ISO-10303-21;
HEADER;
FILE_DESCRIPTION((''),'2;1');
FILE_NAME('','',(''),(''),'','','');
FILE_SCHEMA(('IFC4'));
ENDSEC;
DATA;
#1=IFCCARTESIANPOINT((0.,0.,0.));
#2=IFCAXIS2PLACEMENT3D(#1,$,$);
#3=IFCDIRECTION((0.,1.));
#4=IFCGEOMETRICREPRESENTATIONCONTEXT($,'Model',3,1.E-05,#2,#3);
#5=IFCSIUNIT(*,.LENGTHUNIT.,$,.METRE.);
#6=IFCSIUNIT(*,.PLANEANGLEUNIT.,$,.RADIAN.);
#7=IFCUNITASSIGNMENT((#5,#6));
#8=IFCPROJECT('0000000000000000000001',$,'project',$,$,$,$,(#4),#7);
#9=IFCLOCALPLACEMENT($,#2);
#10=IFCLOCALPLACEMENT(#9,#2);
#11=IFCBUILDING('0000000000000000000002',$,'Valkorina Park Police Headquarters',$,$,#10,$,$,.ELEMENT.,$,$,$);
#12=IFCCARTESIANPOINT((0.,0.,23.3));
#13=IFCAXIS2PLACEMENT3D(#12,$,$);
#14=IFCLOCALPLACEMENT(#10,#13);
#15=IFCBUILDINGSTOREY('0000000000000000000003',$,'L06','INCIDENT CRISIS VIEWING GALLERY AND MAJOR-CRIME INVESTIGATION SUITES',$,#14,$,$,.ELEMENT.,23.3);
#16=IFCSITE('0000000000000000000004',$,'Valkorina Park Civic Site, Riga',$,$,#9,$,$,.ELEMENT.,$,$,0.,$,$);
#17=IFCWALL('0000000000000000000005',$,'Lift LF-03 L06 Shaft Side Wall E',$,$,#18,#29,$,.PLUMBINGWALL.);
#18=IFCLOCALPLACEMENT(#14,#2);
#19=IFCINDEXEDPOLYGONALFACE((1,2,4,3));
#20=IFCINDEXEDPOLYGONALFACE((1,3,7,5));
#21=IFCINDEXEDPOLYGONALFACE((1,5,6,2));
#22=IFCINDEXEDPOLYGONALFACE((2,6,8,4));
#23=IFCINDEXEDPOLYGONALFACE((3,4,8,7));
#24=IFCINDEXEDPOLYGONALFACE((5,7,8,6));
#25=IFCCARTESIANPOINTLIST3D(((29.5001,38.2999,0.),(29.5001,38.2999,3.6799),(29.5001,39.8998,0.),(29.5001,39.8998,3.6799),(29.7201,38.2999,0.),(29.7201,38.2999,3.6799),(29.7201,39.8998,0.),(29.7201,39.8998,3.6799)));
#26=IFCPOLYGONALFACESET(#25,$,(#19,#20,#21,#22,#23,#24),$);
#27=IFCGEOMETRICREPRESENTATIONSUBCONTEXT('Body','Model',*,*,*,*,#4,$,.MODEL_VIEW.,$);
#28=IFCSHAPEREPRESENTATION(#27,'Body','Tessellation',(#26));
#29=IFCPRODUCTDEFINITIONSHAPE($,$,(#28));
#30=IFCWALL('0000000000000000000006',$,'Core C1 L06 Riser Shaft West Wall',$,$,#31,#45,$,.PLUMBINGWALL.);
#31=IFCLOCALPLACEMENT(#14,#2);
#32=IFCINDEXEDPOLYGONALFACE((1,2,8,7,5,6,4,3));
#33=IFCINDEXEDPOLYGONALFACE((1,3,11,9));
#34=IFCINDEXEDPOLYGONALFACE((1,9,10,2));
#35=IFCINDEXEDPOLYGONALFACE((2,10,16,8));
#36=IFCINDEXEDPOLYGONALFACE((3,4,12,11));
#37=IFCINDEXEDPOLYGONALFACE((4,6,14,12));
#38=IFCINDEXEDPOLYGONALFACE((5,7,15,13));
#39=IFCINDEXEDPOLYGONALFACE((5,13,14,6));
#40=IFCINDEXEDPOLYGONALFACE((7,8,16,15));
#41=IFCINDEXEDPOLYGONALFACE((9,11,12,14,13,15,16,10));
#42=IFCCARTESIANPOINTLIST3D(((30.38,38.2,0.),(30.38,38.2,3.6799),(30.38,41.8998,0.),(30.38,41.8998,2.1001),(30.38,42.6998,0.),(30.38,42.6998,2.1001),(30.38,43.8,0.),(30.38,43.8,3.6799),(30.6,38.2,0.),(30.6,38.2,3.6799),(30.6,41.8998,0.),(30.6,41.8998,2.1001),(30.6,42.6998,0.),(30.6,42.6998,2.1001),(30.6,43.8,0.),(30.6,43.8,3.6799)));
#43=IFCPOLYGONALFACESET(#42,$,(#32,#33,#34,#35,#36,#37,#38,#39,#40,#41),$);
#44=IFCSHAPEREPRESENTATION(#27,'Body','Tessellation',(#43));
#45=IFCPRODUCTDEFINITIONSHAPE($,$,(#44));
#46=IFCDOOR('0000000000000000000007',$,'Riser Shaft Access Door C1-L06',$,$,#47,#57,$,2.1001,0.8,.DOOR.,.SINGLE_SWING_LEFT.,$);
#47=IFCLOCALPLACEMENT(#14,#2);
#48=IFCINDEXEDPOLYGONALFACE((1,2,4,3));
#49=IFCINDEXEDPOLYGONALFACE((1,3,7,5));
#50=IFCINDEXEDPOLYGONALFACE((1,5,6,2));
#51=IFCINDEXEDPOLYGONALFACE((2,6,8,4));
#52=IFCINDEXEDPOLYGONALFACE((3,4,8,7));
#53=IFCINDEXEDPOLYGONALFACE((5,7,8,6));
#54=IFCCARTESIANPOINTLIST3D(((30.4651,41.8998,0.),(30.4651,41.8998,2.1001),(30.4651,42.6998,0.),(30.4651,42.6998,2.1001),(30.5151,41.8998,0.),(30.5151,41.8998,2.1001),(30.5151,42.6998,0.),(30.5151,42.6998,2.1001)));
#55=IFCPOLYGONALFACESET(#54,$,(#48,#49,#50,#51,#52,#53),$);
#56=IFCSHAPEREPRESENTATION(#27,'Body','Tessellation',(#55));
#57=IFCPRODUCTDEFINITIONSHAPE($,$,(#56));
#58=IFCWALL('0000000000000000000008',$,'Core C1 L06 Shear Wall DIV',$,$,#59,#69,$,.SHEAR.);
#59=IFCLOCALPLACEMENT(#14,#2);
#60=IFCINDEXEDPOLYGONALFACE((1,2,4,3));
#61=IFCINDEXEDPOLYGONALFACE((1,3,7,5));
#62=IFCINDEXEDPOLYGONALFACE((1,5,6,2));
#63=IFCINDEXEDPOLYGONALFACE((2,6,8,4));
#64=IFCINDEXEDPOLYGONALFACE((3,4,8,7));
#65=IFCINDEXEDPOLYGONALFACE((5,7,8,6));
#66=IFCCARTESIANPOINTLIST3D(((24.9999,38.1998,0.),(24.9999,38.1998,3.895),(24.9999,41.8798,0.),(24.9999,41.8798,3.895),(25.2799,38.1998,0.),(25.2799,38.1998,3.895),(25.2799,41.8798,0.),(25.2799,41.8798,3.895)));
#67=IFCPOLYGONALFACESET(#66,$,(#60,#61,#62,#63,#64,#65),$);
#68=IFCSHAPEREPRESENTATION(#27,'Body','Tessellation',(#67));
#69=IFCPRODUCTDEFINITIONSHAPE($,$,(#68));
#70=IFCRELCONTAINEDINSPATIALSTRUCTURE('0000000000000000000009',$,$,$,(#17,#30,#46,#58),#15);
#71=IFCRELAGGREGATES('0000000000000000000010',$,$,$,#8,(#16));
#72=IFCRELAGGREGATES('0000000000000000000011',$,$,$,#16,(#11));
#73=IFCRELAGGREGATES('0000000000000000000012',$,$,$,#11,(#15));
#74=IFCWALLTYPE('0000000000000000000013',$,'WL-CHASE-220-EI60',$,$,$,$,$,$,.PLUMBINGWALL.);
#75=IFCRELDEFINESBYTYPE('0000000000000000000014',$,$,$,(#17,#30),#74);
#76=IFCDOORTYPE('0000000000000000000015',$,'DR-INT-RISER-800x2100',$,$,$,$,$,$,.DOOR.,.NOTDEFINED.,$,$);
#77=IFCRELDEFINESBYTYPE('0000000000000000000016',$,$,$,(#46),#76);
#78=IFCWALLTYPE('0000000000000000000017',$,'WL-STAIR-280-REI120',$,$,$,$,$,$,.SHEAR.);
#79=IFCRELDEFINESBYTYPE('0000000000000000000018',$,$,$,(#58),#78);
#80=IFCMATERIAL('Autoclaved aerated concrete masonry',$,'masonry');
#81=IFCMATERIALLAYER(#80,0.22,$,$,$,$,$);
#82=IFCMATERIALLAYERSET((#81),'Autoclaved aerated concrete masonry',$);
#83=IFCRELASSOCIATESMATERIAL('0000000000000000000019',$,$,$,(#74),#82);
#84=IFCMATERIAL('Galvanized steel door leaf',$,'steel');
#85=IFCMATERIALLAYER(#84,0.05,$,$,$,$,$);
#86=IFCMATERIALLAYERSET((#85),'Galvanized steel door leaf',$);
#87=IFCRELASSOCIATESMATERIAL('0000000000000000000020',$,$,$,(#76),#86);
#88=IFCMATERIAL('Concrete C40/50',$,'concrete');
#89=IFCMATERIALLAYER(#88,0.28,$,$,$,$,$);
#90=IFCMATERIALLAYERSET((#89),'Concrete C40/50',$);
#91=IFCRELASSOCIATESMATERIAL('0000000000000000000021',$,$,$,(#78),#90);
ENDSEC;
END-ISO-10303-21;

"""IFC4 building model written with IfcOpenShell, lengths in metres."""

from ifc_helpers import new_model, si_unit, direction, frame, frame_2d, origin, place, context, subcontext, project, spatial, rectangle, extrude, material, layer, layer_set, type_object, element, fill, save


model = new_model("IFC4")

# Units and contexts
model_context = context("Model", 3, precision=1e-05, world=origin(), true_north=direction((0.0, 1.0)))
body_context = subcontext(model_context, "Body", "Model", "MODEL_VIEW")
ifc_project = project(units=[si_unit("LENGTHUNIT", "METRE"), si_unit("PLANEANGLEUNIT", "RADIAN")], contexts=[model_context])

# Site, building, storey
site_placement = place(None, origin())
site = spatial("IfcSite", under=ifc_project, at=site_placement, Name="Valkorina Park Civic Site, Riga", CompositionType="ELEMENT", RefElevation=0.0)
building_placement = place(site_placement, origin())
building = spatial("IfcBuilding", under=site, at=building_placement, Name="Valkorina Park Police Headquarters", CompositionType="ELEMENT")
storey_placement = place(building_placement, frame((0.0, 0.0, 23.3)))
storey = spatial("IfcBuildingStorey", under=building, at=storey_placement, Name="L06", Description="INCIDENT CRISIS VIEWING GALLERY AND MAJOR-CRIME INVESTIGATION SUITES", CompositionType="ELEMENT", Elevation=23.3)

# Shared definitions
ifc_material_1 = material(Name="Autoclaved aerated concrete masonry", Category="masonry")
ifc_layer_1 = layer(ifc_material_1, 0.22)
ifc_layer_set_1 = layer_set([ifc_layer_1], Name="Autoclaved aerated concrete masonry")
wall_type_1 = type_object("IfcWallType", Name="WL-CHASE-220-EI60", PredefinedType="PLUMBINGWALL", material=ifc_layer_set_1)

# Wall
for number, where, z_axis, x_axis, name in (
    (1, (29.6101, 38.3, 0.0), (0.0, 0.0, 1.0), (0.0, 1.0, 0.0), "Lift LF-03 L06 Shaft Side Wall E"),
):
    element("IfcWall", number, at=place(storey_placement, frame(where, z_axis=z_axis, x_axis=x_axis)), inside=storey, type_object=wall_type_1, Name=name, PredefinedType="PLUMBINGWALL", context=body_context, shape_type="SweptSolid", body=[
        extrude(rectangle(XDim=1.5999, YDim=0.22, at=frame_2d((0.7998, 0.0))), origin(), (0.0, 0.0, 1.0), 3.6799),
    ])

# Wall, opening, door
wall_1_placement = place(storey_placement, frame((30.49, 38.2, 0.0), z_axis=(0.0, 0.0, 1.0), x_axis=(0.0, 1.0, 0.0)))
wall_1 = element("IfcWall", 2, at=wall_1_placement, inside=storey, type_object=wall_type_1, Name="Core C1 L06 Riser Shaft West Wall", PredefinedType="PLUMBINGWALL", context=body_context, shape_type="SweptSolid", body=[
    extrude(rectangle(XDim=5.6001, YDim=0.22, at=frame_2d((2.8, 0.0))), origin(), (0.0, 0.0, 1.0), 3.6799),
])
opening_1_placement = place(wall_1_placement, frame((3.7, 0.0, 0.0)))
opening_1 = element("IfcOpeningElement", 3, at=opening_1_placement, cuts=wall_1, PredefinedType="OPENING", context=body_context, shape_type="SweptSolid", body=[
    extrude(rectangle(XDim=0.8, YDim=2.1001, at=frame_2d((0.3999, 1.05))), frame((0.0, 0.1201, 0.0), z_axis=(0.0, -1.0, 0.0), x_axis=(1.0, 0.0, 0.0)), (0.0, 0.0, 1.0), 0.24),
])
ifc_material_2 = material(Name="Galvanized steel door leaf", Category="steel")
ifc_layer_2 = layer(ifc_material_2, 0.05)
ifc_layer_set_2 = layer_set([ifc_layer_2], Name="Galvanized steel door leaf")
door_type_1 = type_object("IfcDoorType", Name="DR-INT-RISER-800x2100", OperationType="NOTDEFINED", PredefinedType="DOOR", material=ifc_layer_set_2)
door_1_placement = place(opening_1_placement, origin())
door_1 = element("IfcDoor", 4, at=door_1_placement, inside=storey, type_object=door_type_1, Name="Riser Shaft Access Door C1-L06", OperationType="SINGLE_SWING_LEFT", OverallHeight=2.1001, OverallWidth=0.8, PredefinedType="DOOR", context=body_context, shape_type="SweptSolid", body=[
    extrude(rectangle(XDim=0.8, YDim=2.1001, at=frame_2d((0.3999, 1.05))), frame((0.0, 0.0249, 0.0), z_axis=(0.0, -1.0, 0.0), x_axis=(1.0, 0.0, 0.0)), (0.0, 0.0, 1.0), 0.05),
])
fill(opening_1, door_1)

# Wall
ifc_material_3 = material(Name="Concrete C40/50", Category="concrete")
ifc_layer_3 = layer(ifc_material_3, 0.28)
ifc_layer_set_3 = layer_set([ifc_layer_3], Name="Concrete C40/50")
wall_type_2 = type_object("IfcWallType", Name="WL-STAIR-280-REI120", PredefinedType="SHEAR", material=ifc_layer_set_3)
wall_2_placement = place(storey_placement, frame((25.1399, 38.2, 0.0), z_axis=(0.0, 0.0, 1.0), x_axis=(0.0, 1.0, 0.0)))
element("IfcWall", 5, at=wall_2_placement, inside=storey, type_object=wall_type_2, Name="Core C1 L06 Shear Wall DIV", PredefinedType="SHEAR", context=body_context, shape_type="SweptSolid", body=[
    extrude(rectangle(XDim=3.6799, YDim=0.28, at=frame_2d((1.8398, 0.0))), origin(), (0.0, 0.0, 1.0), 3.895),
])

save(model, "model.ifc")
